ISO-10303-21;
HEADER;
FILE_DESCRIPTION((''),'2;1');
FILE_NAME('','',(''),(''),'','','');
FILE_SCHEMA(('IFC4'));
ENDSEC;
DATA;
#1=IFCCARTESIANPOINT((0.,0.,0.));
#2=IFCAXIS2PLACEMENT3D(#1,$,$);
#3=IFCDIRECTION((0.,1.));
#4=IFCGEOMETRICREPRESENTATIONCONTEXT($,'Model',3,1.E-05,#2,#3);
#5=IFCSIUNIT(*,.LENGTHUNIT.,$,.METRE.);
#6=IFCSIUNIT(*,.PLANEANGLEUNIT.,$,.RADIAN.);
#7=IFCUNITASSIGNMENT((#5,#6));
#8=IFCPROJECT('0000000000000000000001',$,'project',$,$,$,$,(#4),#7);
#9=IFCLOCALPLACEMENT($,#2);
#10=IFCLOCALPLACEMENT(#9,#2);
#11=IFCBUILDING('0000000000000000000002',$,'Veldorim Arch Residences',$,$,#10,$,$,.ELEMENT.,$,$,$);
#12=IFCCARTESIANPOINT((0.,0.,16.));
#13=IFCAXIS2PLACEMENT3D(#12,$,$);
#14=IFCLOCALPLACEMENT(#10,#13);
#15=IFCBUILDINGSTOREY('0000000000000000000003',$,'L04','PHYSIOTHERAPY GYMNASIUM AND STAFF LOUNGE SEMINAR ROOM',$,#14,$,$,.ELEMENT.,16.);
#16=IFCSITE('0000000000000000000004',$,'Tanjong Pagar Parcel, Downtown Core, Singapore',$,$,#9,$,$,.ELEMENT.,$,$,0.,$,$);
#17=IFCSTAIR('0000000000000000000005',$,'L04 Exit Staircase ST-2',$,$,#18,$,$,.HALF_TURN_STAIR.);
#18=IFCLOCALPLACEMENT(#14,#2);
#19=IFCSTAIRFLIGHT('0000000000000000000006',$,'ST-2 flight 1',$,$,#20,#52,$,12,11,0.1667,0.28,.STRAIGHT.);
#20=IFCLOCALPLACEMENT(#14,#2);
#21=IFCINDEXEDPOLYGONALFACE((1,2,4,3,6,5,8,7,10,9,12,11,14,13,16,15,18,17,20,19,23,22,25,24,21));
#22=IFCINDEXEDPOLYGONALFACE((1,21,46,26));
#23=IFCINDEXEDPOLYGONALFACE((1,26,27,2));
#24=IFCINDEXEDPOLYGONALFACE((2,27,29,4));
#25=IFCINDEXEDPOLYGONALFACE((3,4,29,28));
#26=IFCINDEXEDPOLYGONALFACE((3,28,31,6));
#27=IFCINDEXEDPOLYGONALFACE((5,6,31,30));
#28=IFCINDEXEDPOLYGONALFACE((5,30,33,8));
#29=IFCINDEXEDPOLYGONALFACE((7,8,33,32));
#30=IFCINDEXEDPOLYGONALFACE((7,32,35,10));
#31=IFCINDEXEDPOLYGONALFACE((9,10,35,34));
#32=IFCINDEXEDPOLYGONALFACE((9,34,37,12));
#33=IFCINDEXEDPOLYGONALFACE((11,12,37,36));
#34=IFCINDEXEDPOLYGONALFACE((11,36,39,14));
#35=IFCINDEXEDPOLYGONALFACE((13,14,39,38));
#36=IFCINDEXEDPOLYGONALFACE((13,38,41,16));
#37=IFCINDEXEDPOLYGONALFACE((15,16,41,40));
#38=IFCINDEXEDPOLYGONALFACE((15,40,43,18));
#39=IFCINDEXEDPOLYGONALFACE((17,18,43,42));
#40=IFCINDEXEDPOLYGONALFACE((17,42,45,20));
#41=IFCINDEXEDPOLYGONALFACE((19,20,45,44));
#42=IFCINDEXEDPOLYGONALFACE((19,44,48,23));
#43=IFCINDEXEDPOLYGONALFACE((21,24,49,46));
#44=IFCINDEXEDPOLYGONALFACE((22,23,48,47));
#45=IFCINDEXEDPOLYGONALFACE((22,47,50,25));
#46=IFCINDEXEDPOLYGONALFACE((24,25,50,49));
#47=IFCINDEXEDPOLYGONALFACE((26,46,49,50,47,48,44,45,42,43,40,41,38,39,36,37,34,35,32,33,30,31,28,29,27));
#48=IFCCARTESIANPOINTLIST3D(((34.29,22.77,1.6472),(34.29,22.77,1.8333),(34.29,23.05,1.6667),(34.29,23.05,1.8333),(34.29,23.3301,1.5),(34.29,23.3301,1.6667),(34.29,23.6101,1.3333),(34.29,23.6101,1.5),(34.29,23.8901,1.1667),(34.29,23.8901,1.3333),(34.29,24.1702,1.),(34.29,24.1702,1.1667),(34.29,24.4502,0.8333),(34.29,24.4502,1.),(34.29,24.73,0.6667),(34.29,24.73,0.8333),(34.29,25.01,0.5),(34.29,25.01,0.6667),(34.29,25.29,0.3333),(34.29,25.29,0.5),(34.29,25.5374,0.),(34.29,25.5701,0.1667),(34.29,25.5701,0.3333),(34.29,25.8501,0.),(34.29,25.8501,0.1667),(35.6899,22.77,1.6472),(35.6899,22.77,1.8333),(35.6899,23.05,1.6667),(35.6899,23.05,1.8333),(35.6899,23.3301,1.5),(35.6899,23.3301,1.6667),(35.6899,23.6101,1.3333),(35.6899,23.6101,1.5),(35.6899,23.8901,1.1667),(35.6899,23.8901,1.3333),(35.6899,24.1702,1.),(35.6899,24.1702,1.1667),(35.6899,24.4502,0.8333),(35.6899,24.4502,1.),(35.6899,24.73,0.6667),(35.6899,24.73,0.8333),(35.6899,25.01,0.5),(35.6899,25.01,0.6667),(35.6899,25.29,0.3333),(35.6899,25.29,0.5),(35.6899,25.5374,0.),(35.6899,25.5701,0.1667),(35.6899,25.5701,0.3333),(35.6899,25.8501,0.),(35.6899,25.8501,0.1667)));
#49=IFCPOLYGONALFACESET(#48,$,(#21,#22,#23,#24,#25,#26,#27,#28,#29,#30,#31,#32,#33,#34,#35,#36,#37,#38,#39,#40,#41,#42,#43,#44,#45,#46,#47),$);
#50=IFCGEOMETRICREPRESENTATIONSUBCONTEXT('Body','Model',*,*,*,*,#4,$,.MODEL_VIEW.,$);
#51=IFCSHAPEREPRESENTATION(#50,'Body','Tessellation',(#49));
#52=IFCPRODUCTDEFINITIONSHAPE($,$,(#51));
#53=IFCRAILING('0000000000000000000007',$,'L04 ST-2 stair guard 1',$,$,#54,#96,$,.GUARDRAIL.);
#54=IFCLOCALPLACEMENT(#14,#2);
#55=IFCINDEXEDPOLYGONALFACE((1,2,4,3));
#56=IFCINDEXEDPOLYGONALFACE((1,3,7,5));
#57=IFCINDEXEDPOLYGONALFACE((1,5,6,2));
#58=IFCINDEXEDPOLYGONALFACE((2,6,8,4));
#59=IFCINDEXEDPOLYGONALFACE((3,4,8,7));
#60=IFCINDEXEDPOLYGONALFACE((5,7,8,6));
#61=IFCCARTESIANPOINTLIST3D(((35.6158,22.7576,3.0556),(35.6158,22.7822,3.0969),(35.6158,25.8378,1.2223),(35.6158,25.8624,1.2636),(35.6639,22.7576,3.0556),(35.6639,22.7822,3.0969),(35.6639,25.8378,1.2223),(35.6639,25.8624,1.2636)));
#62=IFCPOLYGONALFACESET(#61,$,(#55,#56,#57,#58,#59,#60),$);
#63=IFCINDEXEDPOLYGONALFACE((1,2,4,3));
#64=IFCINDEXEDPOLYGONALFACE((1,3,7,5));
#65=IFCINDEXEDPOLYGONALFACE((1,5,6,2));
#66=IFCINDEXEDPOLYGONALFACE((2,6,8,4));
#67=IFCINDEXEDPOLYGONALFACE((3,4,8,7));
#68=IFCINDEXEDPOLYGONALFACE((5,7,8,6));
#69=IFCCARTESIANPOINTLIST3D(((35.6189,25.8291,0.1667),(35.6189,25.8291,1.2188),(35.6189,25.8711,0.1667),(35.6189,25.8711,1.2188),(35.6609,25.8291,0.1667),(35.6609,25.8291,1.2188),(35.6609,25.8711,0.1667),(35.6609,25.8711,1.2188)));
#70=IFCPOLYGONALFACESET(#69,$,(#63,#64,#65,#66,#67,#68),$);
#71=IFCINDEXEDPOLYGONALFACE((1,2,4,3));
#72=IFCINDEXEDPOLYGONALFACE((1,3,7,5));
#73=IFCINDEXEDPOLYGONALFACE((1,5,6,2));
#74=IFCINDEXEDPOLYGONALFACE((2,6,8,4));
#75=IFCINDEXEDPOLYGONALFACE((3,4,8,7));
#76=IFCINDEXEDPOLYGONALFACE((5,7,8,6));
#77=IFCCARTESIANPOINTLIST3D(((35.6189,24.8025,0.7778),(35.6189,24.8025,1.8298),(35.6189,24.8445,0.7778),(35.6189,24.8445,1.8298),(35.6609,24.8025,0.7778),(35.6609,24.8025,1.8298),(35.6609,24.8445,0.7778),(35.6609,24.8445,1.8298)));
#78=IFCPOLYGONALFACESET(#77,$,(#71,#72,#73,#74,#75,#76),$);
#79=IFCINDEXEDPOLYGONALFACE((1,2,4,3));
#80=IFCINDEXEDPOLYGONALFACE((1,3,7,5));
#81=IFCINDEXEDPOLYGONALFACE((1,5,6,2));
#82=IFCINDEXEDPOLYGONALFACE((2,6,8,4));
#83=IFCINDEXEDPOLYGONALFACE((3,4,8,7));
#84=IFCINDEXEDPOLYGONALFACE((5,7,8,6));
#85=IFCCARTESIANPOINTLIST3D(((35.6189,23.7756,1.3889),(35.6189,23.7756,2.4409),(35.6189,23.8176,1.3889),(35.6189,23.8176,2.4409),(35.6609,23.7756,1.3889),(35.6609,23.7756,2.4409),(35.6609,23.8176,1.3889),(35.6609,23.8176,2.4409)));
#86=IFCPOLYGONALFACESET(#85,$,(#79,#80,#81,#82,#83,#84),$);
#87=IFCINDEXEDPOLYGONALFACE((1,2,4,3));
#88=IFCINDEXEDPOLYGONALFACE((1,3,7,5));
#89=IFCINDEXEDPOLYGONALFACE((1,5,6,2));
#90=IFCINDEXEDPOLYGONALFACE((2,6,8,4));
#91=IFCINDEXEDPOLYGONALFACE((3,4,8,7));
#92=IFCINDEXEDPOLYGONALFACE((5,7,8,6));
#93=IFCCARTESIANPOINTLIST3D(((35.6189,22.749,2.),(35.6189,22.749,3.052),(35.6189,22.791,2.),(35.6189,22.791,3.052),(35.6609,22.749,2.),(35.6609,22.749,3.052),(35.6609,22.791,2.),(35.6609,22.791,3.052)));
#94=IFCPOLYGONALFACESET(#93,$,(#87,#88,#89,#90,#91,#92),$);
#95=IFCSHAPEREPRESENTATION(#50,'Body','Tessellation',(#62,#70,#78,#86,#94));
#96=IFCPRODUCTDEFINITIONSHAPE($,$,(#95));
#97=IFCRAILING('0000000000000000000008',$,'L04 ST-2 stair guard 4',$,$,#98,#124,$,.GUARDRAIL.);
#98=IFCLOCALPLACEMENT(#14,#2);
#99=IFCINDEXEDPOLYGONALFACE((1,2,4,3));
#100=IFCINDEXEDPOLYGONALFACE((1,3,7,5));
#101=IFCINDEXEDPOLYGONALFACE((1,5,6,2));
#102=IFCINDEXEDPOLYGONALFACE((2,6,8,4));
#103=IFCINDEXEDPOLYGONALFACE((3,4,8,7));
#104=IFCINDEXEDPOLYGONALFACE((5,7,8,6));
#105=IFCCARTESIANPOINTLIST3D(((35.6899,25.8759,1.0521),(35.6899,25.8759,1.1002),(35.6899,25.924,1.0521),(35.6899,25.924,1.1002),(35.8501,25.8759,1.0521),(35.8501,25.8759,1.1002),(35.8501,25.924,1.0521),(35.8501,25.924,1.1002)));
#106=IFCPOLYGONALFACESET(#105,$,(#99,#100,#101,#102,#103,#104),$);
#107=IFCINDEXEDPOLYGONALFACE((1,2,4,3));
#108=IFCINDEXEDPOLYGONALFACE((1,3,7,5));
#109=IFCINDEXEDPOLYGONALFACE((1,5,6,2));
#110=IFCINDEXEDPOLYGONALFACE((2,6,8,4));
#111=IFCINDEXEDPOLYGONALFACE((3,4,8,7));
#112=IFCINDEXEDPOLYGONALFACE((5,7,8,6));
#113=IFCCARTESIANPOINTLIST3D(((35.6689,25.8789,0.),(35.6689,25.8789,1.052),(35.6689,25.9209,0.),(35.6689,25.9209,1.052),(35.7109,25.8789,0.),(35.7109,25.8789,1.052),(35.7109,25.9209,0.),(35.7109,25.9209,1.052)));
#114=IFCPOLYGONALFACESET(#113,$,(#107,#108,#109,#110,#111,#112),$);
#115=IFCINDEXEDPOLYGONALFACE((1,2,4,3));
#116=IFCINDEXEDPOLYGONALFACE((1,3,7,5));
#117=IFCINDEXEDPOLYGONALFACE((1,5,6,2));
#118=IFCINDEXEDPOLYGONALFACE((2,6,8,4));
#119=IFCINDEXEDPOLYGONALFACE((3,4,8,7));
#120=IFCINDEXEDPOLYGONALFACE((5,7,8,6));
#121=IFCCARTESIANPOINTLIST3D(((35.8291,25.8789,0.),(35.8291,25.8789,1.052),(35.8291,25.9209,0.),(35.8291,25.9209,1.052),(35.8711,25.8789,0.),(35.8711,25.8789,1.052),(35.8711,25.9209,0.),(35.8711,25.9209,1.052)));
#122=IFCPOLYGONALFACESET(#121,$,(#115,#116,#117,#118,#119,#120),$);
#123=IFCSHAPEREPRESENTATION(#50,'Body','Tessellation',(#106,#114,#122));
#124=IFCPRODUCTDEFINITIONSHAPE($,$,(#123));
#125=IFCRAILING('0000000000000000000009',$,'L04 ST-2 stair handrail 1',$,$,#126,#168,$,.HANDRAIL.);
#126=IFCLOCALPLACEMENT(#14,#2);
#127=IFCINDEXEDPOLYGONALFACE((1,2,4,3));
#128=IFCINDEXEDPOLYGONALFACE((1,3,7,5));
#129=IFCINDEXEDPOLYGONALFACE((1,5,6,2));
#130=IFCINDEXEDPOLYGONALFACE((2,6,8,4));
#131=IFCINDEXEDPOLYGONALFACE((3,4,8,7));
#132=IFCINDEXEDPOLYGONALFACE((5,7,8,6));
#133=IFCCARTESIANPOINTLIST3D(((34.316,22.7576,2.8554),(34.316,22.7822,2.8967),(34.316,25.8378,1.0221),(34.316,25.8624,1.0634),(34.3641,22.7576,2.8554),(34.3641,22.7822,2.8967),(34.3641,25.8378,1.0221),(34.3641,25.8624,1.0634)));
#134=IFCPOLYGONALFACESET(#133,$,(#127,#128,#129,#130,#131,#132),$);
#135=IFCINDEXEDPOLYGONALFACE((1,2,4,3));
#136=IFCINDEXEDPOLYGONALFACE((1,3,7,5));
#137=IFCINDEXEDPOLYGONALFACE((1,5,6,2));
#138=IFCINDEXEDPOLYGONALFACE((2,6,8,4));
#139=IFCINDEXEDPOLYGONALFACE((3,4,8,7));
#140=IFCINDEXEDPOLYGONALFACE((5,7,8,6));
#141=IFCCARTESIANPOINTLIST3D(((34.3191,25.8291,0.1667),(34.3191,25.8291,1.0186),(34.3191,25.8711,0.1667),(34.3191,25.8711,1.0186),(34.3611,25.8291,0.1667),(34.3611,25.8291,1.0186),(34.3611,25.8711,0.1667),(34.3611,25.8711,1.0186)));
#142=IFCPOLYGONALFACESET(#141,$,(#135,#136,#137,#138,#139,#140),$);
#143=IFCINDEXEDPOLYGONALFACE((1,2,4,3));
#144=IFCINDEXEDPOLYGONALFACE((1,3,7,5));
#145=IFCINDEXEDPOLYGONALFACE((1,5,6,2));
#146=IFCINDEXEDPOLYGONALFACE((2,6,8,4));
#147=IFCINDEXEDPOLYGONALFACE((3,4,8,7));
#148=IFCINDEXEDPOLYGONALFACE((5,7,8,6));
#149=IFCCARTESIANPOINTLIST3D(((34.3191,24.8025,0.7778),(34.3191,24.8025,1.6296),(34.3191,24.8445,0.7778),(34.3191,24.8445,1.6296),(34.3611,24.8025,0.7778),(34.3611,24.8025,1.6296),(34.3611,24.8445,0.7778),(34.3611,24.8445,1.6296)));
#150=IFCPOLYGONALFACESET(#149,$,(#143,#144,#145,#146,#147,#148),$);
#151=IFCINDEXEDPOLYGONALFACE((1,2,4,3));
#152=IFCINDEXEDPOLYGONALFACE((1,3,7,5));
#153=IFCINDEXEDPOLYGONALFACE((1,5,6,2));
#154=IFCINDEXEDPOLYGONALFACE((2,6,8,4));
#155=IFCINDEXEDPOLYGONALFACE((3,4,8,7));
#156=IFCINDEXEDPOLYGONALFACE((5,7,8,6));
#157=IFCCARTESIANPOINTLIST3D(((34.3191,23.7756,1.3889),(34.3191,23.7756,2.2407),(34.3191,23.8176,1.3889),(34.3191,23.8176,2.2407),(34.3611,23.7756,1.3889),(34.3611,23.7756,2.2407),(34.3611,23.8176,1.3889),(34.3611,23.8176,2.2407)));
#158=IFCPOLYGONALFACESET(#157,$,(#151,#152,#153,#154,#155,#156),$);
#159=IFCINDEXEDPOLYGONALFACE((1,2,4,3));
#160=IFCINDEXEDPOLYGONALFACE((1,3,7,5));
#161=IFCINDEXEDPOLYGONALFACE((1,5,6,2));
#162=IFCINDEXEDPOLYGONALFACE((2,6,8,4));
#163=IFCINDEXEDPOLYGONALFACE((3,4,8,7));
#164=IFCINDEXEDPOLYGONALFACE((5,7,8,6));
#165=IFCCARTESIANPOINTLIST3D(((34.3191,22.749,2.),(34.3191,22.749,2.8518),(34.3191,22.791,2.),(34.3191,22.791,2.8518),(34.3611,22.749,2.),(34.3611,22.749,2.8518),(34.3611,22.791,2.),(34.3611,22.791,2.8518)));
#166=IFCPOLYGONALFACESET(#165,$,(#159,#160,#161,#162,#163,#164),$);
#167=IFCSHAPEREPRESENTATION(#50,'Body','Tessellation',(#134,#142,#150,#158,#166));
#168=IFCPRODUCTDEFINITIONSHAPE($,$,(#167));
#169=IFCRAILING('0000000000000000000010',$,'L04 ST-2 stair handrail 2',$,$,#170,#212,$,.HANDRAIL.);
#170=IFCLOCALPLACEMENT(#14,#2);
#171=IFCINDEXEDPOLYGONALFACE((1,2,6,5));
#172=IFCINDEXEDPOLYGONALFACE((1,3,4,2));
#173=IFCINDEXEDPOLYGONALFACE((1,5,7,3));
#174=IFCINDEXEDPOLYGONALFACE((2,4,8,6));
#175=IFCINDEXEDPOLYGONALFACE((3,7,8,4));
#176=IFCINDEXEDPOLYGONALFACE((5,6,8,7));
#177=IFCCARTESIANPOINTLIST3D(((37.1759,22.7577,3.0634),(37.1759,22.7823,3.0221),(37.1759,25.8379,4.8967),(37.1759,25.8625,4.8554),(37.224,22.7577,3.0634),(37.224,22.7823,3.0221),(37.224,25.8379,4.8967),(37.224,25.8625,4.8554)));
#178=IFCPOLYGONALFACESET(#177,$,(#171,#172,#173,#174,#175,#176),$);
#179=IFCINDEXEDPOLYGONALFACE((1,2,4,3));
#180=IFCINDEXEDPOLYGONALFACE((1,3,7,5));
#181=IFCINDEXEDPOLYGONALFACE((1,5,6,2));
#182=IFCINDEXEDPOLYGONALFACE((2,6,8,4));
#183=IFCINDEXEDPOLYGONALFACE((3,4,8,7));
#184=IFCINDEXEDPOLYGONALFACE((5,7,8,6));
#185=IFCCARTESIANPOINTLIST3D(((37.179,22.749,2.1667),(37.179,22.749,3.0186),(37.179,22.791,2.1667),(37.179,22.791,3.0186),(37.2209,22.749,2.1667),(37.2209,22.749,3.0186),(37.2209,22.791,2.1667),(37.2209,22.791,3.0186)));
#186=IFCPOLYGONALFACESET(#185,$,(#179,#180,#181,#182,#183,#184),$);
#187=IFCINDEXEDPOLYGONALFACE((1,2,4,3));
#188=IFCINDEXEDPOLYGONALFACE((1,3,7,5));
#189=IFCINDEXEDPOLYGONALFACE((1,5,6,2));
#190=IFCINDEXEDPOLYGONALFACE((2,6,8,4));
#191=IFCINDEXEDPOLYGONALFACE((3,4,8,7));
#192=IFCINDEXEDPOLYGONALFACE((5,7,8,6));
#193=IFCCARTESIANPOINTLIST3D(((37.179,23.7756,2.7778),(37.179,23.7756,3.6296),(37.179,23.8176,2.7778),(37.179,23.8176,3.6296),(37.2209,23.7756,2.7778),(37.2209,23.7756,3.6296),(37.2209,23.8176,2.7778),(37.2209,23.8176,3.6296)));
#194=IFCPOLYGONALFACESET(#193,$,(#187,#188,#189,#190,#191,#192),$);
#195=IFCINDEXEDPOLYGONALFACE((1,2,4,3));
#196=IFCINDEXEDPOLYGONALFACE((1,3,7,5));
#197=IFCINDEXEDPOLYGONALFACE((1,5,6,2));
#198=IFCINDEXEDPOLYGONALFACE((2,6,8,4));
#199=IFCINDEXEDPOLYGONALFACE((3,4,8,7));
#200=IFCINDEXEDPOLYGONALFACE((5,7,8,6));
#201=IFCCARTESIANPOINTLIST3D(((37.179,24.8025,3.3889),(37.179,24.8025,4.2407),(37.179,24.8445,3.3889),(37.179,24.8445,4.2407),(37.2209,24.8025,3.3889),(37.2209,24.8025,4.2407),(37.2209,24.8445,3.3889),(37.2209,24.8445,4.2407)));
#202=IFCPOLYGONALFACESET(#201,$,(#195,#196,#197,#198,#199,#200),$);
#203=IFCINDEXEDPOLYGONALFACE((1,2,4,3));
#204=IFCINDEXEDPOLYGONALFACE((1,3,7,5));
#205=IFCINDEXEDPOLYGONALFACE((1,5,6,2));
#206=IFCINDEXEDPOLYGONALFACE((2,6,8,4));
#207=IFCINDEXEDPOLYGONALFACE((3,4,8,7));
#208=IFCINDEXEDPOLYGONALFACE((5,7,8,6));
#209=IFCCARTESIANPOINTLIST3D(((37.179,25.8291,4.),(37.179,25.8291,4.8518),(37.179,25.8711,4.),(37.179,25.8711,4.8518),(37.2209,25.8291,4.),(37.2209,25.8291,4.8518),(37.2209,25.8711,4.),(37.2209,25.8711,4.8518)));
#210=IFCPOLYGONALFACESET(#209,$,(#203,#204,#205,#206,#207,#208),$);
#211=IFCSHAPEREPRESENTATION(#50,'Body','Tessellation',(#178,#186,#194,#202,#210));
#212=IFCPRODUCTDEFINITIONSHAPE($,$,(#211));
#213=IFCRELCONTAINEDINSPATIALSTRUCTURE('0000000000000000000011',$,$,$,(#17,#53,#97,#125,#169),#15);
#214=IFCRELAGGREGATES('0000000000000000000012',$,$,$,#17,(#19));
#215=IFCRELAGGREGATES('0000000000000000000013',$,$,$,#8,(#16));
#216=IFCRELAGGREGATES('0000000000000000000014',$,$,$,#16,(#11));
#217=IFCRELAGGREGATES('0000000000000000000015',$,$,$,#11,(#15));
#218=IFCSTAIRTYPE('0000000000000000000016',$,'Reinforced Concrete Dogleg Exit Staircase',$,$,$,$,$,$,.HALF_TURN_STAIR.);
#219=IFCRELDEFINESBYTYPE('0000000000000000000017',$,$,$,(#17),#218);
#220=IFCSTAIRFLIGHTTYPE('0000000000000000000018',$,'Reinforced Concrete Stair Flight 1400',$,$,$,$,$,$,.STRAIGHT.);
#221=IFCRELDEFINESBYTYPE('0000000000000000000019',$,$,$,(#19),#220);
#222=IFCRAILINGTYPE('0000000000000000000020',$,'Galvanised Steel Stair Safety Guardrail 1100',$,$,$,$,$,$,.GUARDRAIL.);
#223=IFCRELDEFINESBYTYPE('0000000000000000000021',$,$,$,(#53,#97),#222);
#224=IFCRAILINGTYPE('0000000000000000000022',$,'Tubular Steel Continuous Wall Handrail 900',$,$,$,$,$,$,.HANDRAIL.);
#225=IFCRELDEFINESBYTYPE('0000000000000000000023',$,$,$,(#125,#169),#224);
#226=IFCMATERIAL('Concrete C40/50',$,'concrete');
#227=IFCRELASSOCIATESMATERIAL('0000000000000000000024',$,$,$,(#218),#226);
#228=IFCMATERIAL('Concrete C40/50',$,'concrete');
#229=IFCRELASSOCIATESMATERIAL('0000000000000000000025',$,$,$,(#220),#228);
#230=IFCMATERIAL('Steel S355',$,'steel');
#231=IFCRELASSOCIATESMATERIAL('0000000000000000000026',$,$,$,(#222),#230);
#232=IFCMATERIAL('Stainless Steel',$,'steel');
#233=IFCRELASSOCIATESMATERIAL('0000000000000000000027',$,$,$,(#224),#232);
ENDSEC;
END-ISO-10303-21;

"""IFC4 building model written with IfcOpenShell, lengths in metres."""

from ifc_helpers import new_model, si_unit, direction, frame, origin, origin_2d, place, context, subcontext, project, spatial, polyline, rectangle, outline, extrude, material, type_object, element, aggregate, save


model = new_model("IFC4")

# Units and contexts
model_context = context("Model", 3, precision=1e-05, world=origin(), true_north=direction((0.0, 1.0)))
body_context = subcontext(model_context, "Body", "Model", "MODEL_VIEW")
ifc_project = project(units=[si_unit("LENGTHUNIT", "METRE"), si_unit("PLANEANGLEUNIT", "RADIAN")], contexts=[model_context])

# Site, building, storey
site_placement = place(None, origin())
site = spatial("IfcSite", under=ifc_project, at=site_placement, Name="Tanjong Pagar Parcel, Downtown Core, Singapore", CompositionType="ELEMENT", RefElevation=0.0)
building_placement = place(site_placement, origin())
building = spatial("IfcBuilding", under=site, at=building_placement, Name="Veldorim Arch Residences", CompositionType="ELEMENT")
storey_placement = place(building_placement, frame((0.0, 0.0, 16.0)))
storey = spatial("IfcBuildingStorey", under=building, at=storey_placement, Name="L04", Description="PHYSIOTHERAPY GYMNASIUM AND STAFF LOUNGE SEMINAR ROOM", CompositionType="ELEMENT", Elevation=16.0)

# Stair, stair flight
ifc_material_1 = material(Name="Concrete C40/50", Category="concrete")
stair_type = type_object("IfcStairType", Name="Reinforced Concrete Dogleg Exit Staircase", PredefinedType="HALF_TURN_STAIR", material=ifc_material_1)
stair_placement = place(storey_placement, origin())
stair = element("IfcStair", 1, at=stair_placement, inside=storey, type_object=stair_type, Name="L04 Exit Staircase ST-2", PredefinedType="HALF_TURN_STAIR")
ifc_material_2 = material(Name="Concrete C40/50", Category="concrete")
stair_flight_type = type_object("IfcStairFlightType", Name="Reinforced Concrete Stair Flight 1400", PredefinedType="STRAIGHT", material=ifc_material_2)
stair_flight_placement = place(storey_placement, frame((34.99, 25.8501, 0.0), z_axis=(0.0, 0.0, 1.0), x_axis=(0.0, -1.0, 0.0)))
stair_flight = element("IfcStairFlight", 2, at=stair_flight_placement, type_object=stair_flight_type, Name="ST-2 flight 1", NumberOfRisers=12, NumberOfTreads=11, PredefinedType="STRAIGHT", RiserHeight=0.1667, TreadLength=0.28, context=body_context, shape_type="SweptSolid", body=[
    extrude(outline(polyline([(0.0, 0.0), (0.0, 0.1667), (0.28, 0.1667), (0.28, 0.3333), (0.5601, 0.3333), (0.5601, 0.5), (0.8401, 0.5), (0.8401, 0.6667), (1.1201, 0.6667), (1.1201, 0.8333), (1.3999, 0.8333), (1.3999, 1.0), (1.6799, 1.0), (1.6799, 1.1667), (1.96, 1.1667), (1.96, 1.3333), (2.24, 1.3333), (2.24, 1.5), (2.52, 1.5), (2.52, 1.6667), (2.8, 1.6667), (2.8, 1.8333), (3.0801, 1.8333), (3.0801, 2.0), (3.0801, 1.6472), (0.3127, 0.0), (0.0, 0.0)])), frame((0.0, 0.7, 0.0), z_axis=(0.0, -1.0, 0.0), x_axis=(1.0, 0.0, 0.0)), (0.0, 0.0, 1.0), 1.3999),
])
aggregate(stair, [stair_flight])

# Railings
ifc_material_3 = material(Name="Steel S355", Category="steel")
railing_type_1 = type_object("IfcRailingType", Name="Galvanised Steel Stair Safety Guardrail 1100", PredefinedType="GUARDRAIL", material=ifc_material_3)
railing_1_placement = place(storey_placement, frame((35.6399, 25.8501, 0.1667)))
element("IfcRailing", 3, at=railing_1_placement, inside=storey, type_object=railing_type_1, Name="L04 ST-2 stair guard 1", PredefinedType="GUARDRAIL", context=body_context, shape_type="SweptSolid", body=[
    extrude(rectangle(XDim=0.0481, YDim=0.0481, at=origin_2d()), frame((0.0, 0.0, 1.0762), z_axis=(0.0, -0.859309, 0.511458), x_axis=(1.0, 0.0, 0.0)), (0.0, 0.0, 1.0), 3.5845),
    extrude(rectangle(XDim=0.042, YDim=0.042, at=origin_2d()), origin(), (0.0, 0.0, 1.0), 1.052),
    extrude(rectangle(XDim=0.042, YDim=0.042, at=origin_2d()), frame((0.0, -1.0266, 0.6111)), (0.0, 0.0, 1.0), 1.052),
    extrude(rectangle(XDim=0.042, YDim=0.042, at=origin_2d()), frame((0.0, -2.0535, 1.2222)), (0.0, 0.0, 1.0), 1.052),
    extrude(rectangle(XDim=0.042, YDim=0.042, at=origin_2d()), frame((0.0, -3.0801, 1.8333)), (0.0, 0.0, 1.0), 1.052),
])
railing_2_placement = place(storey_placement, frame((35.6899, 25.8999, 0.0)))
element("IfcRailing", 4, at=railing_2_placement, inside=storey, type_object=railing_type_1, Name="L04 ST-2 stair guard 4", PredefinedType="GUARDRAIL", context=body_context, shape_type="SweptSolid", body=[
    extrude(rectangle(XDim=0.0481, YDim=0.0481, at=origin_2d()), frame((0.0, 0.0, 1.0762), z_axis=(1.0, 0.0, 0.0), x_axis=(0.0, 1.0, 0.0)), (0.0, 0.0, 1.0), 0.1602),
    extrude(rectangle(XDim=0.042, YDim=0.042, at=origin_2d()), origin(), (0.0, 0.0, 1.0), 1.052),
    extrude(rectangle(XDim=0.042, YDim=0.042, at=origin_2d()), frame((0.1602, 0.0, 0.0)), (0.0, 0.0, 1.0), 1.052),
])
ifc_material_4 = material(Name="Stainless Steel", Category="steel")
railing_type_2 = type_object("IfcRailingType", Name="Tubular Steel Continuous Wall Handrail 900", PredefinedType="HANDRAIL", material=ifc_material_4)
railing_3_placement = place(storey_placement, frame((34.3401, 25.8501, 0.1667)))
element("IfcRailing", 5, at=railing_3_placement, inside=storey, type_object=railing_type_2, Name="L04 ST-2 stair handrail 1", PredefinedType="HANDRAIL", context=body_context, shape_type="SweptSolid", body=[
    extrude(rectangle(XDim=0.0481, YDim=0.0481, at=origin_2d()), frame((0.0, 0.0, 0.876), z_axis=(0.0, -0.859309, 0.511458), x_axis=(1.0, 0.0, 0.0)), (0.0, 0.0, 1.0), 3.5845),
    extrude(rectangle(XDim=0.042, YDim=0.042, at=origin_2d()), origin(), (0.0, 0.0, 1.0), 0.8518),
    extrude(rectangle(XDim=0.042, YDim=0.042, at=origin_2d()), frame((0.0, -1.0266, 0.6111)), (0.0, 0.0, 1.0), 0.8518),
    extrude(rectangle(XDim=0.042, YDim=0.042, at=origin_2d()), frame((0.0, -2.0535, 1.2222)), (0.0, 0.0, 1.0), 0.8518),
    extrude(rectangle(XDim=0.042, YDim=0.042, at=origin_2d()), frame((0.0, -3.0801, 1.8333)), (0.0, 0.0, 1.0), 0.8518),
])
railing_4_placement = place(storey_placement, frame((37.2, 22.77, 2.1667)))
element("IfcRailing", 6, at=railing_4_placement, inside=storey, type_object=railing_type_2, Name="L04 ST-2 stair handrail 2", PredefinedType="HANDRAIL", context=body_context, shape_type="SweptSolid", body=[
    extrude(rectangle(XDim=0.0481, YDim=0.0481, at=origin_2d()), frame((0.0, 0.0, 0.876), z_axis=(0.0, 0.859309, 0.511458), x_axis=(-1.0, 0.0, 0.0)), (0.0, 0.0, 1.0), 3.5845),
    extrude(rectangle(XDim=0.042, YDim=0.042, at=origin_2d()), origin(), (0.0, 0.0, 1.0), 0.8518),
    extrude(rectangle(XDim=0.042, YDim=0.042, at=origin_2d()), frame((0.0, 1.0266, 0.6111)), (0.0, 0.0, 1.0), 0.8518),
    extrude(rectangle(XDim=0.042, YDim=0.042, at=origin_2d()), frame((0.0, 2.0535, 1.2222)), (0.0, 0.0, 1.0), 0.8518),
    extrude(rectangle(XDim=0.042, YDim=0.042, at=origin_2d()), frame((0.0, 3.0801, 1.8333)), (0.0, 0.0, 1.0), 0.8518),
])

save(model, "model.ifc")
